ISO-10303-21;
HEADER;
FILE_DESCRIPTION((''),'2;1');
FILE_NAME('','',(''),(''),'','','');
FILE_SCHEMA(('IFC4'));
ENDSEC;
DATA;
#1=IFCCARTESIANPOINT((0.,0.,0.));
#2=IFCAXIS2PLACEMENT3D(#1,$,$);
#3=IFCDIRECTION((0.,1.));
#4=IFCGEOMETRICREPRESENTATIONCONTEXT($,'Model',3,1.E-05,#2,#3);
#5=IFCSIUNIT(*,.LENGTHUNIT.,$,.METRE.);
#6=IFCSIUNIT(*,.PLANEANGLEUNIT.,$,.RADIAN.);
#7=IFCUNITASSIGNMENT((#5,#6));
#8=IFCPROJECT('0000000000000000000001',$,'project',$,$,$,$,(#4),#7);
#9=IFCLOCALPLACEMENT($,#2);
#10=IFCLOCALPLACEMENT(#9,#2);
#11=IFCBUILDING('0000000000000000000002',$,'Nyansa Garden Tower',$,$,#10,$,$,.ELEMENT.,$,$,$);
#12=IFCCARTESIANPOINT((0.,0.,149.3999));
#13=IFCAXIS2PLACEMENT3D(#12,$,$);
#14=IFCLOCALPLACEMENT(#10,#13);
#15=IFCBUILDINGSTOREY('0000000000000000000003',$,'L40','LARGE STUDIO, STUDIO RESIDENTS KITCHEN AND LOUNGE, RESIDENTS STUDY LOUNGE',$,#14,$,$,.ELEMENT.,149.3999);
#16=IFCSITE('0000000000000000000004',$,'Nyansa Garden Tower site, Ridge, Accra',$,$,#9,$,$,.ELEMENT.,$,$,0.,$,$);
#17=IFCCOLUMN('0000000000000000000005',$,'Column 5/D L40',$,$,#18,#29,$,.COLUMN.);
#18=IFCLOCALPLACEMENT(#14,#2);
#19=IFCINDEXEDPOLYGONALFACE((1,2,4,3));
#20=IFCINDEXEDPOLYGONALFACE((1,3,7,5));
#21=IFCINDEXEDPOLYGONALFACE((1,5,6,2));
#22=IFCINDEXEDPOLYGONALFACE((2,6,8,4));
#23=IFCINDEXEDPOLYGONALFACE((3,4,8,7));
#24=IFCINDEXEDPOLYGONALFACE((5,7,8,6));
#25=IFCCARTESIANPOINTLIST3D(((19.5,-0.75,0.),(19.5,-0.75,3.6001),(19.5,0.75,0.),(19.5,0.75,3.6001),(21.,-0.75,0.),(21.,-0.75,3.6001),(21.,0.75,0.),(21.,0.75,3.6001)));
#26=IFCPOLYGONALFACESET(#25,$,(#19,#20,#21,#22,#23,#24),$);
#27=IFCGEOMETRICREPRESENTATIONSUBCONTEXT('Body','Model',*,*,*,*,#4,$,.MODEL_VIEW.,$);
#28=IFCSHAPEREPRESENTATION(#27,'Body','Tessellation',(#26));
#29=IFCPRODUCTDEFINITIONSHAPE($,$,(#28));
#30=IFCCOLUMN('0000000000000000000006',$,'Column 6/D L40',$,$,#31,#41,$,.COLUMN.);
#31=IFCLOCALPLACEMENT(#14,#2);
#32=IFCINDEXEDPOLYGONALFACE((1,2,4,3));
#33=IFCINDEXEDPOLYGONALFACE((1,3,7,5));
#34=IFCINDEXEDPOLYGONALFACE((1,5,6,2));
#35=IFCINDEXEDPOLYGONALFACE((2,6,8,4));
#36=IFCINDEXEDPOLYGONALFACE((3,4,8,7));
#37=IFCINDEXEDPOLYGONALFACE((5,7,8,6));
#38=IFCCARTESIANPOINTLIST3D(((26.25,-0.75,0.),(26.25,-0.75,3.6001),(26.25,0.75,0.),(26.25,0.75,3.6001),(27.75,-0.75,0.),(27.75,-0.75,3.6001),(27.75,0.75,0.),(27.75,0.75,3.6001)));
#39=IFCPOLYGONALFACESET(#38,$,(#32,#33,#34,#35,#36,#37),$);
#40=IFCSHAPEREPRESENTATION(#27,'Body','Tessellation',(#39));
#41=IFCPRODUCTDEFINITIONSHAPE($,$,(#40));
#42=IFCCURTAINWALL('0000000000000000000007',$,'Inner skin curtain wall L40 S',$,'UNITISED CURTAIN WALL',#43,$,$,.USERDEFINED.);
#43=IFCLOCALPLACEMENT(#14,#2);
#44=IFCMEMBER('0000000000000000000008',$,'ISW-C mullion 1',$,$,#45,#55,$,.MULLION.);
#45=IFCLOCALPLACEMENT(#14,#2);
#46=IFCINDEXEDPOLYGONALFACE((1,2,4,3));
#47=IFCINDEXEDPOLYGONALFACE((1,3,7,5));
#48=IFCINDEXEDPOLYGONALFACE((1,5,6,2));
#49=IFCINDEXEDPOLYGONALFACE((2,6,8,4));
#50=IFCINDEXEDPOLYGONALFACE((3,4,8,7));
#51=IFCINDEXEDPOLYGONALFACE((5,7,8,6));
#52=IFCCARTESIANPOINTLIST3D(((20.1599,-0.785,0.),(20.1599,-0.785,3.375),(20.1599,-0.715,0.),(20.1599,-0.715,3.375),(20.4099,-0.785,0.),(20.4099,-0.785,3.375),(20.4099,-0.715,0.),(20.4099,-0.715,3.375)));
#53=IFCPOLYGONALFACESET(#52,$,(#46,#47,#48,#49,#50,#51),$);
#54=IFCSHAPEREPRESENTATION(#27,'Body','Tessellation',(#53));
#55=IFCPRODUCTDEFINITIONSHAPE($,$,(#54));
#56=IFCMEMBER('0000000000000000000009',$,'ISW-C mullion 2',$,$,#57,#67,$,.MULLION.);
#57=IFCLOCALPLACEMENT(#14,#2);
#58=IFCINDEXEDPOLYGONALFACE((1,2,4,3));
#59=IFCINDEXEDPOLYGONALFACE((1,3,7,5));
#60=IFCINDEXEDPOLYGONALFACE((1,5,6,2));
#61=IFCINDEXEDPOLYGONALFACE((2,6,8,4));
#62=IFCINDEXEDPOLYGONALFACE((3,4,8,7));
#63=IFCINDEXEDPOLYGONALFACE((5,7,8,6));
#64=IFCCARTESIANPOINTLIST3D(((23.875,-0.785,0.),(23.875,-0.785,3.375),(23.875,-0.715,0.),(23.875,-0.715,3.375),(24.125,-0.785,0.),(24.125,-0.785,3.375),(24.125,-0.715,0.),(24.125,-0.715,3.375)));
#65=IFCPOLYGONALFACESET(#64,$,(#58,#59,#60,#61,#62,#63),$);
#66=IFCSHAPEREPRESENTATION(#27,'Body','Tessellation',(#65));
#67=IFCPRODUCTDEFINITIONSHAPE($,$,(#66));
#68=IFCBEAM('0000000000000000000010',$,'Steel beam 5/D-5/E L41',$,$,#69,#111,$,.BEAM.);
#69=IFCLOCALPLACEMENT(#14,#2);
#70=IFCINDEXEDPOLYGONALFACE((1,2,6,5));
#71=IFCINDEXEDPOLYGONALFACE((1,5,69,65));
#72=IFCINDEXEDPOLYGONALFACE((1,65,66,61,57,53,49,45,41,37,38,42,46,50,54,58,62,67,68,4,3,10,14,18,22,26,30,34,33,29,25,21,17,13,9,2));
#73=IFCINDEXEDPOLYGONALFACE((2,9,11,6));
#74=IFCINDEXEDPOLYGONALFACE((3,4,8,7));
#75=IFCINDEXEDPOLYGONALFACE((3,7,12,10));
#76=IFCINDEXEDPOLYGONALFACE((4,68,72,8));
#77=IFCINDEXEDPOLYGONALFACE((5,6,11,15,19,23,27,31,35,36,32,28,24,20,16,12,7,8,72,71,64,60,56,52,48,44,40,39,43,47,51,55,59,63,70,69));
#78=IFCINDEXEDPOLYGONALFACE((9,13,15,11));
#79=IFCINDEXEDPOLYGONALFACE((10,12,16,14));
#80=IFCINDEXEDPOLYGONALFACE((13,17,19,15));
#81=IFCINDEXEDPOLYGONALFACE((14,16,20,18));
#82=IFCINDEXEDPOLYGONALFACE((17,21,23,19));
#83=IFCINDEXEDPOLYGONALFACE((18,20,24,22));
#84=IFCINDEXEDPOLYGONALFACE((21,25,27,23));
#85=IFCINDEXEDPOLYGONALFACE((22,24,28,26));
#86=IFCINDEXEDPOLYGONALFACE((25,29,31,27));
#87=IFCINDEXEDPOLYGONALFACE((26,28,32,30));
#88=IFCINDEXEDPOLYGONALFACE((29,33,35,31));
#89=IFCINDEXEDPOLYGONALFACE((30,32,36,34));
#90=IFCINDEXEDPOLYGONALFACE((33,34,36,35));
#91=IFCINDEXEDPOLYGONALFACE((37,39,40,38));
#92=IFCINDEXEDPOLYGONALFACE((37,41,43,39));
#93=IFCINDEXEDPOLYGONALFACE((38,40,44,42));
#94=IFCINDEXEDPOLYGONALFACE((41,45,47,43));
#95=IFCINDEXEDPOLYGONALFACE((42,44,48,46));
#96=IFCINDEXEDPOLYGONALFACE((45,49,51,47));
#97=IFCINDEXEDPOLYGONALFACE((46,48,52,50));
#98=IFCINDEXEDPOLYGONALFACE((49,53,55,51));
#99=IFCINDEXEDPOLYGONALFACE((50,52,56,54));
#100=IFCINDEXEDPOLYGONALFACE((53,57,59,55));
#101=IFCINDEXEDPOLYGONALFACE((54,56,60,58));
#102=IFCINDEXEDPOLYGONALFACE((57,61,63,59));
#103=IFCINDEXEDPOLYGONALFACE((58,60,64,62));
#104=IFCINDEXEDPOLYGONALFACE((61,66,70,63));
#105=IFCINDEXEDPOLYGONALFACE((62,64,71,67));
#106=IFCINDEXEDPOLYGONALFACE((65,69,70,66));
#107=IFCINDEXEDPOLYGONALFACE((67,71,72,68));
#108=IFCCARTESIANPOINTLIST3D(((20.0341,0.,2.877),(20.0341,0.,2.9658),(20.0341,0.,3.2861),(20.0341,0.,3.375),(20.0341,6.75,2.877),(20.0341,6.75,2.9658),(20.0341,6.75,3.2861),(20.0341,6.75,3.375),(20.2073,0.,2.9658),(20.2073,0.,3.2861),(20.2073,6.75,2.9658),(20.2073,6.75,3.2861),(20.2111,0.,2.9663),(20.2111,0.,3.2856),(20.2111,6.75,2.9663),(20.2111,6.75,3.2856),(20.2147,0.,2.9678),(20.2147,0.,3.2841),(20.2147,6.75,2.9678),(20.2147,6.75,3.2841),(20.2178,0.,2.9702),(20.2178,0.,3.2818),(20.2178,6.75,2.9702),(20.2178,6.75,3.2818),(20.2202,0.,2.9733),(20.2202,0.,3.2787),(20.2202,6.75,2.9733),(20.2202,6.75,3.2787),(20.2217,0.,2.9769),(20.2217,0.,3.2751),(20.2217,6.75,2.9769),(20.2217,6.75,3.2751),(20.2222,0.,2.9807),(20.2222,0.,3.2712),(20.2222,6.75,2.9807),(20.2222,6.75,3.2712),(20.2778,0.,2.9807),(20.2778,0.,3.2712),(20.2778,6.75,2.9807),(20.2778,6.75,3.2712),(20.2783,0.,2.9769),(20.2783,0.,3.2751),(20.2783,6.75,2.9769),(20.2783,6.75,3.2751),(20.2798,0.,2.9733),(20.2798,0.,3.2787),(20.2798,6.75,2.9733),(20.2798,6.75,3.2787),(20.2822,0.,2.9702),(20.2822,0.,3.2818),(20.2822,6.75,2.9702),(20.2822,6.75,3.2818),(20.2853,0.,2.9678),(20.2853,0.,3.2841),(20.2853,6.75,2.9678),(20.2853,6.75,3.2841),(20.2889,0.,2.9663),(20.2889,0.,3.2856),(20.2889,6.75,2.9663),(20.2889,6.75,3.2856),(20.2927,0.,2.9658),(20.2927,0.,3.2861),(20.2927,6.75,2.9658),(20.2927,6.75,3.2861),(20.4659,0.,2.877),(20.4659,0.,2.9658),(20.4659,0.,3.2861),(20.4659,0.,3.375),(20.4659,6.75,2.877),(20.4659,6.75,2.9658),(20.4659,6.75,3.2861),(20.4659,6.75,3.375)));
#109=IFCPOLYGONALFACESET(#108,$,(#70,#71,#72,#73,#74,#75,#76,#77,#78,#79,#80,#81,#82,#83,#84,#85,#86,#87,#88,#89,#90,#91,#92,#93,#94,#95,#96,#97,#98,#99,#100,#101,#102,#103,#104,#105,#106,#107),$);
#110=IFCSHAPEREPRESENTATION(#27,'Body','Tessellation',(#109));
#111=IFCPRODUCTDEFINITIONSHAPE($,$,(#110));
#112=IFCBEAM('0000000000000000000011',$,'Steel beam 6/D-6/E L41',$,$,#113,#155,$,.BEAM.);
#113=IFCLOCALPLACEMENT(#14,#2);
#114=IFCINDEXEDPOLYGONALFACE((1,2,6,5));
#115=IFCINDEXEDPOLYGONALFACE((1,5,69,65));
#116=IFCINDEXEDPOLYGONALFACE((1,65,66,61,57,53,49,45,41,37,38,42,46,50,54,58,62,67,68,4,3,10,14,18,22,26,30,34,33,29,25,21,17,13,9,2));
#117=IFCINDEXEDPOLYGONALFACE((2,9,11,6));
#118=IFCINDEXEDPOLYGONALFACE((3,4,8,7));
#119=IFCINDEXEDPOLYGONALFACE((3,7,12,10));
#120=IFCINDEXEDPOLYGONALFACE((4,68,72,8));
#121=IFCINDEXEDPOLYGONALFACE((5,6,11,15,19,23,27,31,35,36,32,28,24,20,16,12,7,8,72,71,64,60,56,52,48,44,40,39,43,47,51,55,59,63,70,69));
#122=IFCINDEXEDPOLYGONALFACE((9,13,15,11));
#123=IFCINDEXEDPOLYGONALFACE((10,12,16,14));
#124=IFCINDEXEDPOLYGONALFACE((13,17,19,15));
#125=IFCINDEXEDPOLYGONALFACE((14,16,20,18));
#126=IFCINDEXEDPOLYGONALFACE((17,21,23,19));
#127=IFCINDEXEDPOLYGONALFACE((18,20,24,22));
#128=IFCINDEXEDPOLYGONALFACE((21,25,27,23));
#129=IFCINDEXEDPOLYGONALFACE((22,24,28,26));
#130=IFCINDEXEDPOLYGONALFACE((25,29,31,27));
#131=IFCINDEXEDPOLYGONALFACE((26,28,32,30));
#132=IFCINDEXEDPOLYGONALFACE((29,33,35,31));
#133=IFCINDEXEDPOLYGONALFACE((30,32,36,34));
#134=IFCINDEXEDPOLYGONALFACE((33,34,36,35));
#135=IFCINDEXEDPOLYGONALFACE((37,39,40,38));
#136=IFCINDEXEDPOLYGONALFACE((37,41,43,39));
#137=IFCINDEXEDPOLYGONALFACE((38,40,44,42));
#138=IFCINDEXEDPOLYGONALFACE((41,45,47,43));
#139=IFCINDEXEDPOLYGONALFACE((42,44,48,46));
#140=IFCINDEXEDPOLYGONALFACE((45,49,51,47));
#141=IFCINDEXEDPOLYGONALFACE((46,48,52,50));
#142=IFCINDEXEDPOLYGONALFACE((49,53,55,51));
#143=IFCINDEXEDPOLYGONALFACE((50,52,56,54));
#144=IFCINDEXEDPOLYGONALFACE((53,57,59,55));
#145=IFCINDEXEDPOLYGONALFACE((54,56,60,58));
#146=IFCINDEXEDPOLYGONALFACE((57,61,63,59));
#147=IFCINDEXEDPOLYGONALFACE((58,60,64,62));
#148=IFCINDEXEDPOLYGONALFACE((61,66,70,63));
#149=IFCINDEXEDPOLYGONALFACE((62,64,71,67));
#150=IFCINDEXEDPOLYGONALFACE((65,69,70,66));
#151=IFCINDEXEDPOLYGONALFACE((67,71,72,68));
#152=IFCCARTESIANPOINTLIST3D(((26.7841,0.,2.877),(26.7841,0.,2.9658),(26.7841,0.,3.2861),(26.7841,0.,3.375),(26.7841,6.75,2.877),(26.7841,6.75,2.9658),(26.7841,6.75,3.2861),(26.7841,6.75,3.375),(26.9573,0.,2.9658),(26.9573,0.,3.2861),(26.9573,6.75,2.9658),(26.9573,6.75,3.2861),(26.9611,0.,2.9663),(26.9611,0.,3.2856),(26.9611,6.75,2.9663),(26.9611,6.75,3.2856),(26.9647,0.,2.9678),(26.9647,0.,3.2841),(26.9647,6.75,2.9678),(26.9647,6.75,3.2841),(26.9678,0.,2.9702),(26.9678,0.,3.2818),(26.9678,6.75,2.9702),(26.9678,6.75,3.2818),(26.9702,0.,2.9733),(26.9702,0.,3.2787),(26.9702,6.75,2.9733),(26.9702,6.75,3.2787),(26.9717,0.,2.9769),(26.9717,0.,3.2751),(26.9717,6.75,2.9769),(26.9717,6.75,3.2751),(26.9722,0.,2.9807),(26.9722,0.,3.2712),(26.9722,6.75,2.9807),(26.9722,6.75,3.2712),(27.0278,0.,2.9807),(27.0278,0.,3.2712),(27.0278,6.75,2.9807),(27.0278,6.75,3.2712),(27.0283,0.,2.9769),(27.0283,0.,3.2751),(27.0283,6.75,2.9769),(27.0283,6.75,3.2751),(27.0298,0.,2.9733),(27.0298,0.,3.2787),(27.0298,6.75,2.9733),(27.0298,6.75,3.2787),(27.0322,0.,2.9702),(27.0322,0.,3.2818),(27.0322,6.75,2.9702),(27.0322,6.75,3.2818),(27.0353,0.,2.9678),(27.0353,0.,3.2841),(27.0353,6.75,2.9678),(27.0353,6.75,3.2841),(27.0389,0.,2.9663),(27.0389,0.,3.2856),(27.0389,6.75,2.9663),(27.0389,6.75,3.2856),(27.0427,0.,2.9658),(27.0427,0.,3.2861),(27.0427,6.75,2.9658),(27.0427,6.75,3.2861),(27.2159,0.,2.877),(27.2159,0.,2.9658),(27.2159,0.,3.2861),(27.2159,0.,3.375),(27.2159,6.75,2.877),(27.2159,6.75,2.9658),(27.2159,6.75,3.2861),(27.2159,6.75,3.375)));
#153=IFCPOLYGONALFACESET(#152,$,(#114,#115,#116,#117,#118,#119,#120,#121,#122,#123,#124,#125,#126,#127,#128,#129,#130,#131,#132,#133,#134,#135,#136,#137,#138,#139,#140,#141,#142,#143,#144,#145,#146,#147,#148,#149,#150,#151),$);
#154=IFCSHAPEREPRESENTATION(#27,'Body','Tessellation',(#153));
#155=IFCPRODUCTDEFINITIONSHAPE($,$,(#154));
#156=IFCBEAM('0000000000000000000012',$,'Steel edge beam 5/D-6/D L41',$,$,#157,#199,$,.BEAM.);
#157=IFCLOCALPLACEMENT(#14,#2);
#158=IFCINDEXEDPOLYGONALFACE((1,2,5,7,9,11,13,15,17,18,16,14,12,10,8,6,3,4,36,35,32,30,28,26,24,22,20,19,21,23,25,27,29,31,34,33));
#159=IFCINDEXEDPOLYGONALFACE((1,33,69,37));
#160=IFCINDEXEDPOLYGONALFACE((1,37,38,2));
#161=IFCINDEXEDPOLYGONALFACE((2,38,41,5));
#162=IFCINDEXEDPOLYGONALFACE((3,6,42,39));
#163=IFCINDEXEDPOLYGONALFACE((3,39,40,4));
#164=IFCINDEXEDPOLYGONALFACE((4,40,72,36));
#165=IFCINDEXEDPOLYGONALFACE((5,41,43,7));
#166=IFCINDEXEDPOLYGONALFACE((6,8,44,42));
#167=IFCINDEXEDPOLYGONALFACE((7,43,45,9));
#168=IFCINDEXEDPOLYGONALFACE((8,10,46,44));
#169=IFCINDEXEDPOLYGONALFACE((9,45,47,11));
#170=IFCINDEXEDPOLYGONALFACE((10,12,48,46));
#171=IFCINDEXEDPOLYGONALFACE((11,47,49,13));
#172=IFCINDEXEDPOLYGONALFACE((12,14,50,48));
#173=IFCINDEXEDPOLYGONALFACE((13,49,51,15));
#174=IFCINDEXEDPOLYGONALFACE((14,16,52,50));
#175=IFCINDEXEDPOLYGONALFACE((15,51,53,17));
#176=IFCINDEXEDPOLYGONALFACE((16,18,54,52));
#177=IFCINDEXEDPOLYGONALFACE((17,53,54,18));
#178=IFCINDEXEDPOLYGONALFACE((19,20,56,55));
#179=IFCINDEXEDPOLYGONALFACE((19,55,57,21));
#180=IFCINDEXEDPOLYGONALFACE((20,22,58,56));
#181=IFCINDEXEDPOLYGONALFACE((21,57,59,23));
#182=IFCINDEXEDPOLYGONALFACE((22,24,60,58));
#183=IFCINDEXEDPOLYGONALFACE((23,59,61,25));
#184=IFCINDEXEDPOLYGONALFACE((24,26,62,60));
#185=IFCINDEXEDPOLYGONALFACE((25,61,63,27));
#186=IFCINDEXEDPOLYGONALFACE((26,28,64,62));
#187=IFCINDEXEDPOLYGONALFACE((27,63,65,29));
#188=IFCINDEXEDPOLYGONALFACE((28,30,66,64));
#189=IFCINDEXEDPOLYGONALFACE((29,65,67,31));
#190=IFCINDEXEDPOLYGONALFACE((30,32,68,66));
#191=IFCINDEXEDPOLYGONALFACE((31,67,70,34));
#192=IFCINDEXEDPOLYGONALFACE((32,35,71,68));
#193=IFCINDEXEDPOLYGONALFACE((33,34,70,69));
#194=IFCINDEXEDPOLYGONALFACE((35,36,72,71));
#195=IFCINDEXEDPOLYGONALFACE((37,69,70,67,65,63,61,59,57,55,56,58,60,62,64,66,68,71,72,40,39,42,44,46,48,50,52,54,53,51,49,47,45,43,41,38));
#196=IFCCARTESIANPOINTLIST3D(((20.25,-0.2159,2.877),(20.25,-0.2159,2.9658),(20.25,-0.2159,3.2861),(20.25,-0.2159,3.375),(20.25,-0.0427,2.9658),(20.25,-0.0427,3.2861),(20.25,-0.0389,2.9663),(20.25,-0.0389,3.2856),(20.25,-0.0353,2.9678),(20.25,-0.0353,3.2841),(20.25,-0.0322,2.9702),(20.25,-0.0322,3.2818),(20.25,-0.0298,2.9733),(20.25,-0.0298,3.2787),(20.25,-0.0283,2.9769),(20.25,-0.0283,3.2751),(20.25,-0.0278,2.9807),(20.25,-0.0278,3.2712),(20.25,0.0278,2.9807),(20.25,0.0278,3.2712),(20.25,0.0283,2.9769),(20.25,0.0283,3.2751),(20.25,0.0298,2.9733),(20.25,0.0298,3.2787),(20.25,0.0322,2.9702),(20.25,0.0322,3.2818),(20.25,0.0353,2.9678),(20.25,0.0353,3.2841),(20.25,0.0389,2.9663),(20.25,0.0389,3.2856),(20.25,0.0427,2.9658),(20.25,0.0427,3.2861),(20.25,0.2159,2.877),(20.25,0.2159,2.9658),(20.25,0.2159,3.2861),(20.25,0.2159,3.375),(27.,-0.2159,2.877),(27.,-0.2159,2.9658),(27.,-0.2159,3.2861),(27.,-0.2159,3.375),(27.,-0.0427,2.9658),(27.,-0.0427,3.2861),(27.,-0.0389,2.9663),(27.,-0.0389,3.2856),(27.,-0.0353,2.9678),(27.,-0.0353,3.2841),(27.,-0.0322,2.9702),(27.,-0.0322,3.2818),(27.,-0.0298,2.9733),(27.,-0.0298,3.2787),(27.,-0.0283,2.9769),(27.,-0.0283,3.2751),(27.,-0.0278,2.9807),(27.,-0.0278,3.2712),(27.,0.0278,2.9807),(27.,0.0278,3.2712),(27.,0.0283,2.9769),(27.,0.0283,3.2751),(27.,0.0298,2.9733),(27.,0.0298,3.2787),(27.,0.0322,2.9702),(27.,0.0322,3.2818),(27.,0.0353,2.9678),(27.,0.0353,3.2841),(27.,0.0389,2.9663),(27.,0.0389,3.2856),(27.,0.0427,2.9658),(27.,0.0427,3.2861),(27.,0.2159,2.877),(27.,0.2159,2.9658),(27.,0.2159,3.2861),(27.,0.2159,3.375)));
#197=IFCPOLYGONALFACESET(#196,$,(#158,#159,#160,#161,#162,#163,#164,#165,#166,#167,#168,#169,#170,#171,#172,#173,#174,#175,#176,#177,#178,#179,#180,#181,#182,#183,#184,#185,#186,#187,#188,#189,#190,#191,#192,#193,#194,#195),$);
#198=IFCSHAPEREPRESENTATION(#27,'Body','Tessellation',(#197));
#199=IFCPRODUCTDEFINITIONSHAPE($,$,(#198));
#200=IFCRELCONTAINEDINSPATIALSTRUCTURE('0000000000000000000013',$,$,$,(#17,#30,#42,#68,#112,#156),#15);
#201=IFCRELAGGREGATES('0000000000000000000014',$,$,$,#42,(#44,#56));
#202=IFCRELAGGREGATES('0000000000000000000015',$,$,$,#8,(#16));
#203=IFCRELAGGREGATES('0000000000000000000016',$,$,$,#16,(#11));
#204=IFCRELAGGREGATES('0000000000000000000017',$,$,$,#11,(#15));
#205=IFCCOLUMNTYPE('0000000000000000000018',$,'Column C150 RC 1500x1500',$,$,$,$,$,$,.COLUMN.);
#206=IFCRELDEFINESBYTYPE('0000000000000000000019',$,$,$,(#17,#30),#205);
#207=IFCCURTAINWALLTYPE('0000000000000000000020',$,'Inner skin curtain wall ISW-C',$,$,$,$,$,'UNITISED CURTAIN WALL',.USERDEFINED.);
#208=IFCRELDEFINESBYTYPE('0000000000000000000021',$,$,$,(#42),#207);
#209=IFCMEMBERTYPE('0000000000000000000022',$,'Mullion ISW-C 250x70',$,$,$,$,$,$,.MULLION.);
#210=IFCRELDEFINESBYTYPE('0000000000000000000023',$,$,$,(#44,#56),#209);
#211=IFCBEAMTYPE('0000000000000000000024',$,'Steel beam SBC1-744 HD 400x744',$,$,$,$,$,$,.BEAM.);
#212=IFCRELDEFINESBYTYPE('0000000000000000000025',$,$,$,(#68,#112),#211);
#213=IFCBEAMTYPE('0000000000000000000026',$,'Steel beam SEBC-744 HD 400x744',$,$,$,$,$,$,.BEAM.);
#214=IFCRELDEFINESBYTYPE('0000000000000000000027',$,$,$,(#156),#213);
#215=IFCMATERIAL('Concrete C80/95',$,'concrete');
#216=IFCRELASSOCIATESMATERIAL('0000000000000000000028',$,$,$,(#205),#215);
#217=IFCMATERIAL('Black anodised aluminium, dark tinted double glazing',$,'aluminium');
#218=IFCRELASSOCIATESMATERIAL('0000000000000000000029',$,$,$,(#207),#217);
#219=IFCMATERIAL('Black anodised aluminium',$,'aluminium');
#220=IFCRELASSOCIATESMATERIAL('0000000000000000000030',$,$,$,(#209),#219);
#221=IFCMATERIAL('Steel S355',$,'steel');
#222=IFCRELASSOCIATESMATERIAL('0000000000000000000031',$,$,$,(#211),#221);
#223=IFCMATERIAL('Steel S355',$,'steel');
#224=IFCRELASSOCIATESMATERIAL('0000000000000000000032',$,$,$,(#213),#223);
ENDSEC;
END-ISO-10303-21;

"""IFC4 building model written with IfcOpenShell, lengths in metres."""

from ifc_helpers import new_model, si_unit, direction, frame, origin, origin_2d, place, context, subcontext, project, spatial, rectangle, i_section, extrude, material, material_profile, profile_set, type_object, element, aggregate, save


model = new_model("IFC4")

# Units and contexts
model_context = context("Model", 3, precision=1e-05, world=origin(), true_north=direction((0.0, 1.0)))
body_context = subcontext(model_context, "Body", "Model", "MODEL_VIEW")
ifc_project = project(units=[si_unit("LENGTHUNIT", "METRE"), si_unit("PLANEANGLEUNIT", "RADIAN")], contexts=[model_context])

# Site, building, storey
site_placement = place(None, origin())
site = spatial("IfcSite", under=ifc_project, at=site_placement, Name="Nyansa Garden Tower site, Ridge, Accra", CompositionType="ELEMENT", RefElevation=0.0)
building_placement = place(site_placement, origin())
building = spatial("IfcBuilding", under=site, at=building_placement, Name="Nyansa Garden Tower", CompositionType="ELEMENT")
storey_placement = place(building_placement, frame((0.0, 0.0, 149.3999)))
storey = spatial("IfcBuildingStorey", under=building, at=storey_placement, Name="L40", Description="LARGE STUDIO, STUDIO RESIDENTS KITCHEN AND LOUNGE, RESIDENTS STUDY LOUNGE", CompositionType="ELEMENT", Elevation=149.3999)

# Columns
ifc_material_1 = material(Name="Concrete C80/95", Category="concrete")
ifc_material_profile_1 = material_profile(ifc_material_1, rectangle(XDim=1.5, YDim=1.5, at=origin_2d()), Name="RC 1500x1500")
ifc_profile_set_1 = profile_set([ifc_material_profile_1], Name="Concrete C80/95")
column_type = type_object("IfcColumnType", Name="Column C150 RC 1500x1500", PredefinedType="COLUMN", material=ifc_profile_set_1)
for number, where, z_axis, x_axis, name in (
    (1, (20.25, 0.0, 0.0), (0.0, 0.0, 1.0), (1.0, 0.0, 0.0), "Column 5/D L40"),
    (2, (27.0, 0.0, 0.0), (0.0, 0.0, 1.0), (1.0, 0.0, 0.0), "Column 6/D L40"),
):
    element("IfcColumn", number, at=place(storey_placement, frame(where, z_axis=z_axis, x_axis=x_axis)), inside=storey, type_object=column_type, Name=name, PredefinedType="COLUMN", context=body_context, shape_type="SweptSolid", body=[
        extrude(rectangle(XDim=1.5, YDim=1.5, at=origin_2d()), origin(), (0.0, 0.0, 1.0), 3.6001),
    ])

# Curtain wall, members
ifc_material_2 = material(Name="Black anodised aluminium, dark tinted double glazing", Category="aluminium")
curtain_wall_type = type_object("IfcCurtainWallType", Name="Inner skin curtain wall ISW-C", ElementType="UNITISED CURTAIN WALL", PredefinedType="USERDEFINED", material=ifc_material_2)
curtain_wall_placement = place(storey_placement, origin())
curtain_wall = element("IfcCurtainWall", 3, at=curtain_wall_placement, inside=storey, type_object=curtain_wall_type, Name="Inner skin curtain wall L40 S", ObjectType="UNITISED CURTAIN WALL", PredefinedType="USERDEFINED")
ifc_material_3 = material(Name="Black anodised aluminium", Category="aluminium")
ifc_material_profile_2 = material_profile(ifc_material_3, rectangle(XDim=0.0701, YDim=0.25, at=origin_2d()), Name="Mullion 250x70")
ifc_profile_set_2 = profile_set([ifc_material_profile_2], Name="Black anodised aluminium")
member_type_1 = type_object("IfcMemberType", Name="Mullion ISW-C 250x70", PredefinedType="MULLION", material=ifc_profile_set_2)
member_1_placement = place(storey_placement, frame((20.2849, -0.75, 0.0), z_axis=(0.0, 0.0, 1.0), x_axis=(0.0, 1.0, 0.0)))
member_1 = element("IfcMember", 4, at=member_1_placement, type_object=member_type_1, Name="ISW-C mullion 1", PredefinedType="MULLION", context=body_context, shape_type="SweptSolid", body=[
    extrude(rectangle(XDim=0.0701, YDim=0.25, at=origin_2d()), origin(), (0.0, 0.0, 1.0), 3.375),
])
member_2_placement = place(storey_placement, frame((24.0, -0.75, 0.0), z_axis=(0.0, 0.0, 1.0), x_axis=(0.0, 1.0, 0.0)))
member_2 = element("IfcMember", 5, at=member_2_placement, type_object=member_type_1, Name="ISW-C mullion 2", PredefinedType="MULLION", context=body_context, shape_type="SweptSolid", body=[
    extrude(rectangle(XDim=0.0701, YDim=0.25, at=origin_2d()), origin(), (0.0, 0.0, 1.0), 3.375),
])

# Beams
ifc_material_4 = material(Name="Steel S355", Category="steel")
ifc_material_profile_3 = material_profile(ifc_material_4, i_section(OverallWidth=0.4319, OverallDepth=0.498, WebThickness=0.0557, FlangeThickness=0.0889, FilletRadius=0.0149, at=origin_2d()), Name="HD 400x744")
ifc_profile_set_3 = profile_set([ifc_material_profile_3], Name="Steel S355")
beam_type_1 = type_object("IfcBeamType", Name="Steel beam SBC1-744 HD 400x744", PredefinedType="BEAM", material=ifc_profile_set_3)
for number, where, z_axis, x_axis, name in (
    (6, (20.25, 0.0, 3.126), (0.0, 1.0, 0.0), (-1.0, 0.0, 0.0), "Steel beam 5/D-5/E L41"),
    (7, (27.0, 0.0, 3.126), (0.0, 1.0, 0.0), (-1.0, 0.0, 0.0), "Steel beam 6/D-6/E L41"),
):
    element("IfcBeam", number, at=place(storey_placement, frame(where, z_axis=z_axis, x_axis=x_axis)), inside=storey, type_object=beam_type_1, Name=name, PredefinedType="BEAM", context=body_context, shape_type="SweptSolid", body=[
        extrude(i_section(OverallWidth=0.4319, OverallDepth=0.498, WebThickness=0.0557, FlangeThickness=0.0889, FilletRadius=0.0149, at=origin_2d()), origin(), (0.0, 0.0, 1.0), 6.75),
    ])
ifc_material_5 = material(Name="Steel S355", Category="steel")
ifc_material_profile_4 = material_profile(ifc_material_5, i_section(OverallWidth=0.4319, OverallDepth=0.498, WebThickness=0.0557, FlangeThickness=0.0889, FilletRadius=0.0149, at=origin_2d()), Name="HD 400x744")
ifc_profile_set_4 = profile_set([ifc_material_profile_4], Name="Steel S355")
beam_type_2 = type_object("IfcBeamType", Name="Steel beam SEBC-744 HD 400x744", PredefinedType="BEAM", material=ifc_profile_set_4)
beam_placement = place(storey_placement, frame((20.25, 0.0, 3.126), z_axis=(1.0, 0.0, 0.0), x_axis=(0.0, 1.0, 0.0)))
element("IfcBeam", 8, at=beam_placement, inside=storey, type_object=beam_type_2, Name="Steel edge beam 5/D-6/D L41", PredefinedType="BEAM", context=body_context, shape_type="SweptSolid", body=[
    extrude(i_section(OverallWidth=0.4319, OverallDepth=0.498, WebThickness=0.0557, FlangeThickness=0.0889, FilletRadius=0.0149, at=origin_2d()), origin(), (0.0, 0.0, 1.0), 6.75),
])

aggregate(curtain_wall, [member_1, member_2])

save(model, "model.ifc")
